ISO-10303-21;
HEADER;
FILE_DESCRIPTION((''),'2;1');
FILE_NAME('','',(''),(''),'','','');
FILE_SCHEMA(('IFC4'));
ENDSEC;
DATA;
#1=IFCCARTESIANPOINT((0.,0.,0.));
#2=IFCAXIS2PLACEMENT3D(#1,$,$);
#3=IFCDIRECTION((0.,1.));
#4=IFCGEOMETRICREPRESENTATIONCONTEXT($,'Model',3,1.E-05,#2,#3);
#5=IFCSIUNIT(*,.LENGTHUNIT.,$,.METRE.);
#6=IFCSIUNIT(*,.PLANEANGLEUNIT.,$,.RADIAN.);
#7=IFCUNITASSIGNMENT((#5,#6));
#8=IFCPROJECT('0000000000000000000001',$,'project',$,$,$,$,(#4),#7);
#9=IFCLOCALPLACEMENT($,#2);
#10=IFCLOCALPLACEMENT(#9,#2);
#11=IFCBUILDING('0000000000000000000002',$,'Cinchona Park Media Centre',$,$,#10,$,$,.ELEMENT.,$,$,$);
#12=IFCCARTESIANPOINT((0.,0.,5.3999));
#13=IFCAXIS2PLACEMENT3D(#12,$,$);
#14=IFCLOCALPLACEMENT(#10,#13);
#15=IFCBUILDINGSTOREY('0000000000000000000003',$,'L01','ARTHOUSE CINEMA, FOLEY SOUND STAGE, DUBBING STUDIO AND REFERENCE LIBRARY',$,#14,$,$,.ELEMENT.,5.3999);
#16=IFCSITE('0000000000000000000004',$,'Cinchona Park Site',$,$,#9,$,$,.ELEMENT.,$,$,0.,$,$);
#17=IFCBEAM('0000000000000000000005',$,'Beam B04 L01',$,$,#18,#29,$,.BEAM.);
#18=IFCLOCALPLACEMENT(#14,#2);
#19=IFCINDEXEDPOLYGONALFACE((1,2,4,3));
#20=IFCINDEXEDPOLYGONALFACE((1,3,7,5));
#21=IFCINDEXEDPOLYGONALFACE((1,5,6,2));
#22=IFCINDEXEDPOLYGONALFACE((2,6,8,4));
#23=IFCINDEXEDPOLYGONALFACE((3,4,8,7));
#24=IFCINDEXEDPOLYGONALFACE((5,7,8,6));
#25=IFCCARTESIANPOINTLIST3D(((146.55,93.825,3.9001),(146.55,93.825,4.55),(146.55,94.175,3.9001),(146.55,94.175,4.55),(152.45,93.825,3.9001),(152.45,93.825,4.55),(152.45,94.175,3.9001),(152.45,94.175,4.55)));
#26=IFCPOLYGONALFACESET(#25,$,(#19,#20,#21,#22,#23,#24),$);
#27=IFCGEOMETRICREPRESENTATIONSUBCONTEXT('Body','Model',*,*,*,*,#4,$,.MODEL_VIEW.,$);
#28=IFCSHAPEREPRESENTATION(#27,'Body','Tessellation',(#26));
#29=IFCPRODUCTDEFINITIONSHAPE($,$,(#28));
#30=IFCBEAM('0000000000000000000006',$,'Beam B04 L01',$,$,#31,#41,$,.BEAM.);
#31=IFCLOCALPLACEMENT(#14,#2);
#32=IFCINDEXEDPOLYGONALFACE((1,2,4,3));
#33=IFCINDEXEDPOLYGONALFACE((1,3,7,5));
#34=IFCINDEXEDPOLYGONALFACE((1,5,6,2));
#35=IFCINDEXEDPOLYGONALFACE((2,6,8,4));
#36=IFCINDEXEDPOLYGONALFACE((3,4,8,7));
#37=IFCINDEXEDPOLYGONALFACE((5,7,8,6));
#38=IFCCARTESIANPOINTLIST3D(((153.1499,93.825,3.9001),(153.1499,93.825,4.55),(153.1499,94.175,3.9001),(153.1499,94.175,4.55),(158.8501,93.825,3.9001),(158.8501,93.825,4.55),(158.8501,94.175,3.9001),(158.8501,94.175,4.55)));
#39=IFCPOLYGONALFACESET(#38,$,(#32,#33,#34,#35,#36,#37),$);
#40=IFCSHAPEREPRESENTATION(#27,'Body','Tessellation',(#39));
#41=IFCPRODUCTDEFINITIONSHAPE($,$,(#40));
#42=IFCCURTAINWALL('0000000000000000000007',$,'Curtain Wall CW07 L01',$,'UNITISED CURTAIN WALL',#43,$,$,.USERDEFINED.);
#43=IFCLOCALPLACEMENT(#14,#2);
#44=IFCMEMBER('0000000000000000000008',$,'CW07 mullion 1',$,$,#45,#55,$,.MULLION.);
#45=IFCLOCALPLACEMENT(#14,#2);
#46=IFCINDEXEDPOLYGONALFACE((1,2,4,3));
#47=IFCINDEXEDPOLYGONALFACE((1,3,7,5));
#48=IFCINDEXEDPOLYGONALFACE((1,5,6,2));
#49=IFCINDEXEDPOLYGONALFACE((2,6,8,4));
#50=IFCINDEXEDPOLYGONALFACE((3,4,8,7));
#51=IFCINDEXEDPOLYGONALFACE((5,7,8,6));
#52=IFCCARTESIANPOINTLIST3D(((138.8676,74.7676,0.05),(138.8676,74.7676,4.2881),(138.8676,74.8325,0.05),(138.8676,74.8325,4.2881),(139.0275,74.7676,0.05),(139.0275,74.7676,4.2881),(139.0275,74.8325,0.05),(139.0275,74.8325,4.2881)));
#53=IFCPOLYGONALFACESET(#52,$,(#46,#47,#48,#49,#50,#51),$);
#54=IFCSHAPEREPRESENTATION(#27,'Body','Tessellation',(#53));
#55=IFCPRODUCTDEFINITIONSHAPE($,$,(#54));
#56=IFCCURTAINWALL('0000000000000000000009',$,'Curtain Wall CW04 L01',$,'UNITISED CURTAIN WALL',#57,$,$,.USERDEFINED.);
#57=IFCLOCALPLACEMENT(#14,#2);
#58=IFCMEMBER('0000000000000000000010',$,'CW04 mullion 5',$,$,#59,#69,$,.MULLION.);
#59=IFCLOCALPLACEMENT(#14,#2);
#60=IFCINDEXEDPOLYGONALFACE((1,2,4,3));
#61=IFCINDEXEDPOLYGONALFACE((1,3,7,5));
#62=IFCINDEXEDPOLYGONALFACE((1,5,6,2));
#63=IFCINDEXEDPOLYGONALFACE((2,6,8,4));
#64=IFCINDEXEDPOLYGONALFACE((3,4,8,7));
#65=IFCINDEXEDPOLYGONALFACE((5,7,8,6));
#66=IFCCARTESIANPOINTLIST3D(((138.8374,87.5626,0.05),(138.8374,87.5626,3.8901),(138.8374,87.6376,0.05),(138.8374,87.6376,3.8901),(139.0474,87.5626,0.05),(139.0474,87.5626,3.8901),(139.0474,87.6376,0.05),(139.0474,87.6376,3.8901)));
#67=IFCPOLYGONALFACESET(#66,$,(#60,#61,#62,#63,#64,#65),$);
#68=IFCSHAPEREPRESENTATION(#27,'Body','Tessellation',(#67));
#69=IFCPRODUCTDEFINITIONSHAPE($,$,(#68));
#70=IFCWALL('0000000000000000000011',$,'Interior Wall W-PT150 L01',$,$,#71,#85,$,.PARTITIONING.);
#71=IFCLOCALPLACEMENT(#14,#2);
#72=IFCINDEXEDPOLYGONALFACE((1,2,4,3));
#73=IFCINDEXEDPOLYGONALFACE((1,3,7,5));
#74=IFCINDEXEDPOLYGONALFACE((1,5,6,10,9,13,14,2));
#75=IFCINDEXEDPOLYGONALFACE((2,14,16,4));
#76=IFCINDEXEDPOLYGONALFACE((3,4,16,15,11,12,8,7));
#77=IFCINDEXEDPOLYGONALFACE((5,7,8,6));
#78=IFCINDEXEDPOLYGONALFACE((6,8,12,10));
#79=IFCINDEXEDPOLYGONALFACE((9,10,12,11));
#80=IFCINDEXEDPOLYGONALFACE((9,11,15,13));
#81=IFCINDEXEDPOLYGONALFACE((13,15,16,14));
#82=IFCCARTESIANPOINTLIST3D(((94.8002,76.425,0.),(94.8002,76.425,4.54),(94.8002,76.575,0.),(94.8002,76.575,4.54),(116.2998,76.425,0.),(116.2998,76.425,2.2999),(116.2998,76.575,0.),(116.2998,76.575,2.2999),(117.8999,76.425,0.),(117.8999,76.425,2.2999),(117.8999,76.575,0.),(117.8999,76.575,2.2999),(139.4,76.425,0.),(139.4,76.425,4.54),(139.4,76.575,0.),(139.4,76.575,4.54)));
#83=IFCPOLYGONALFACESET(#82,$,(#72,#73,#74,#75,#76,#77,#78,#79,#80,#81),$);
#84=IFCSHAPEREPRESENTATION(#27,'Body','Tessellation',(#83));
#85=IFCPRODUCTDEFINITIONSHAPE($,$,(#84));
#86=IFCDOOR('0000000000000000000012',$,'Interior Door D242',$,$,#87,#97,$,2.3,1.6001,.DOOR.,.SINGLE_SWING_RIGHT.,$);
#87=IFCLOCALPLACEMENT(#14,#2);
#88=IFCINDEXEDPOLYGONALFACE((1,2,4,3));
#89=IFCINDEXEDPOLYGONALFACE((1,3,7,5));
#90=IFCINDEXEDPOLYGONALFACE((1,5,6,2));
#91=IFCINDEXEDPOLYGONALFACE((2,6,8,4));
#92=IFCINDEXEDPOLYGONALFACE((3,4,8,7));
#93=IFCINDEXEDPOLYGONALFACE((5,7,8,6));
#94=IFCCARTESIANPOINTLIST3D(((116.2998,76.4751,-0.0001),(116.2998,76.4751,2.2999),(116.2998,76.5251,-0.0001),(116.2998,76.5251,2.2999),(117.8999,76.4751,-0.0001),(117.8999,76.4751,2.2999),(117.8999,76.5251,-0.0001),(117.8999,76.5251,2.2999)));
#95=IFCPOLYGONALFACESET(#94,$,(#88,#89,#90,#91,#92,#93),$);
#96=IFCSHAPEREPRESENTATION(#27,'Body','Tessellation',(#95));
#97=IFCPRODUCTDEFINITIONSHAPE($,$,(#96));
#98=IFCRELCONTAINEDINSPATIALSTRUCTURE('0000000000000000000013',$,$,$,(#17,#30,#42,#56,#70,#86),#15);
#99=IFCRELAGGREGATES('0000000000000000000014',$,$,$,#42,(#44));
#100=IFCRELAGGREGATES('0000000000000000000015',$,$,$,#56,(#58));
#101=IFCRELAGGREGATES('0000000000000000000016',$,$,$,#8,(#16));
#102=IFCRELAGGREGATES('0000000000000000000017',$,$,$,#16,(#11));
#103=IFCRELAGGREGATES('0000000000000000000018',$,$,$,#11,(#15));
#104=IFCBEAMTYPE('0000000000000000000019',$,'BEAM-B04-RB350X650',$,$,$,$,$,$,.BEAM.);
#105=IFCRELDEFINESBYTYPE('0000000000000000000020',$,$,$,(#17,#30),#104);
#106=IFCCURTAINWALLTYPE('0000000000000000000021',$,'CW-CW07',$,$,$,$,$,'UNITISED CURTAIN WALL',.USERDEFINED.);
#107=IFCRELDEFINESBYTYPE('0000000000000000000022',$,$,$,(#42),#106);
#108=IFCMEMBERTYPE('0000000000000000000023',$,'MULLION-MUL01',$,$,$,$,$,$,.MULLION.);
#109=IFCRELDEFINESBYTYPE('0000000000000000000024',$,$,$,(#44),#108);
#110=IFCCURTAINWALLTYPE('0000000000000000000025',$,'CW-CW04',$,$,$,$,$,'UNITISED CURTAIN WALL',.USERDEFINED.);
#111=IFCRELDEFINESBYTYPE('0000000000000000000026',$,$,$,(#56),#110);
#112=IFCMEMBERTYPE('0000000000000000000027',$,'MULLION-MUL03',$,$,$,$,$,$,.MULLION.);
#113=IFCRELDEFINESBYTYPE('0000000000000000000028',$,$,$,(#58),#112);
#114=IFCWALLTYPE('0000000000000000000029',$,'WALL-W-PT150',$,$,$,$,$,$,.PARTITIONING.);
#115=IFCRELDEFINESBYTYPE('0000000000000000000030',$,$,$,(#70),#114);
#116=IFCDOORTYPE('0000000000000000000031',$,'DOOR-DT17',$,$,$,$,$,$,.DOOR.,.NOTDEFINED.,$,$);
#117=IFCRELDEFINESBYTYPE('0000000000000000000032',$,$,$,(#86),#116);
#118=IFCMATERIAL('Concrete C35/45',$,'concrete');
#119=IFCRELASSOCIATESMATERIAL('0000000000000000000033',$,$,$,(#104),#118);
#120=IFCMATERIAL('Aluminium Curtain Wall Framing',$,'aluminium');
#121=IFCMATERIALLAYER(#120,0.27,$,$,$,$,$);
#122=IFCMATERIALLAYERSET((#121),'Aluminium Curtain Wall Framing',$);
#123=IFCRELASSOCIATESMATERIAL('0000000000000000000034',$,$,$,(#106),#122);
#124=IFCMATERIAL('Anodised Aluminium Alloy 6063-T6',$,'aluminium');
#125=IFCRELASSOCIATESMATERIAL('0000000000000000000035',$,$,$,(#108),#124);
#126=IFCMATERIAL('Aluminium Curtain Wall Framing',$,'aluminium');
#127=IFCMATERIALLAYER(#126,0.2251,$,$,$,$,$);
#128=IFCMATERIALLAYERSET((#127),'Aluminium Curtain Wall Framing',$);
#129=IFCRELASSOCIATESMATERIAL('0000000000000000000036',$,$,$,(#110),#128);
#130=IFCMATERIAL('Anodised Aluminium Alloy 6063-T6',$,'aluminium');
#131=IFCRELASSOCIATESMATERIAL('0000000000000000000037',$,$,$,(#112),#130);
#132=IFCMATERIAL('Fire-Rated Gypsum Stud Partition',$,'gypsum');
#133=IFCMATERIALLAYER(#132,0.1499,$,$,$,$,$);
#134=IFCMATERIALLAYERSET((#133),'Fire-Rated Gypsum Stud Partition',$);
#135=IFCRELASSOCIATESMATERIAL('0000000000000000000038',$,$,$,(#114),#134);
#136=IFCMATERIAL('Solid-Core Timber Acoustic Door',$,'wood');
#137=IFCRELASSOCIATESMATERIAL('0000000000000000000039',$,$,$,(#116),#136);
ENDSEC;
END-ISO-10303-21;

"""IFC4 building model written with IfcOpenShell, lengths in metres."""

from ifc_helpers import new_model, si_unit, direction, frame, frame_2d, origin, origin_2d, place, context, subcontext, project, spatial, rectangle, extrude, material, layer, layer_set, material_profile, profile_set, type_object, element, fill, aggregate, save


model = new_model("IFC4")

# Units and contexts
model_context = context("Model", 3, precision=1e-05, world=origin(), true_north=direction((0.0, 1.0)))
body_context = subcontext(model_context, "Body", "Model", "MODEL_VIEW")
ifc_project = project(units=[si_unit("LENGTHUNIT", "METRE"), si_unit("PLANEANGLEUNIT", "RADIAN")], contexts=[model_context])

# Site, building, storey
site_placement = place(None, origin())
site = spatial("IfcSite", under=ifc_project, at=site_placement, Name="Cinchona Park Site", CompositionType="ELEMENT", RefElevation=0.0)
building_placement = place(site_placement, origin())
building = spatial("IfcBuilding", under=site, at=building_placement, Name="Cinchona Park Media Centre", CompositionType="ELEMENT")
storey_placement = place(building_placement, frame((0.0, 0.0, 5.3999)))
storey = spatial("IfcBuildingStorey", under=building, at=storey_placement, Name="L01", Description="ARTHOUSE CINEMA, FOLEY SOUND STAGE, DUBBING STUDIO AND REFERENCE LIBRARY", CompositionType="ELEMENT", Elevation=5.3999)

# Beams
ifc_material_1 = material(Name="Concrete C35/45", Category="concrete")
ifc_material_profile_1 = material_profile(ifc_material_1, rectangle(XDim=0.3501, YDim=0.6499, at=origin_2d()), Name="RB 350X650")
ifc_profile_set_1 = profile_set([ifc_material_profile_1], Name="Concrete C35/45")
beam_type_1 = type_object("IfcBeamType", Name="BEAM-B04-RB350X650", PredefinedType="BEAM", material=ifc_profile_set_1)
beam_1_placement = place(storey_placement, frame((146.55, 94.0, 4.2251), z_axis=(1.0, 0.0, 0.0), x_axis=(0.0, 1.0, 0.0)))
element("IfcBeam", 1, at=beam_1_placement, inside=storey, type_object=beam_type_1, Name="Beam B04 L01", PredefinedType="BEAM", context=body_context, shape_type="SweptSolid", body=[
    extrude(rectangle(XDim=0.3501, YDim=0.6499, at=origin_2d()), origin(), (0.0, 0.0, 1.0), 5.8999),
])
beam_2_placement = place(storey_placement, frame((153.1499, 94.0, 4.2251), z_axis=(1.0, 0.0, 0.0), x_axis=(0.0, 1.0, 0.0)))
element("IfcBeam", 2, at=beam_2_placement, inside=storey, type_object=beam_type_1, Name="Beam B04 L01", PredefinedType="BEAM", context=body_context, shape_type="SweptSolid", body=[
    extrude(rectangle(XDim=0.3501, YDim=0.6499, at=origin_2d()), origin(), (0.0, 0.0, 1.0), 5.7002),
])

# Curtain walls, members
ifc_material_2 = material(Name="Aluminium Curtain Wall Framing", Category="aluminium")
ifc_layer_1 = layer(ifc_material_2, 0.27)
ifc_layer_set_1 = layer_set([ifc_layer_1], Name="Aluminium Curtain Wall Framing")
curtain_wall_type_1 = type_object("IfcCurtainWallType", Name="CW-CW07", ElementType="UNITISED CURTAIN WALL", PredefinedType="USERDEFINED", material=ifc_layer_set_1)
curtain_wall_1_placement = place(storey_placement, origin())
curtain_wall_1 = element("IfcCurtainWall", 3, at=curtain_wall_1_placement, inside=storey, type_object=curtain_wall_type_1, Name="Curtain Wall CW07 L01", ObjectType="UNITISED CURTAIN WALL", PredefinedType="USERDEFINED")
ifc_material_3 = material(Name="Anodised Aluminium Alloy 6063-T6", Category="aluminium")
ifc_material_profile_2 = material_profile(ifc_material_3, rectangle(XDim=0.0649, YDim=0.1599, at=origin_2d()), Name="MUL-65X160")
ifc_profile_set_2 = profile_set([ifc_material_profile_2], Name="Anodised Aluminium Alloy 6063-T6")
member_type_1 = type_object("IfcMemberType", Name="MULLION-MUL01", PredefinedType="MULLION", material=ifc_profile_set_2)
member_1_placement = place(storey_placement, frame((138.9475, 74.8, 0.05), z_axis=(0.0, 0.0, 1.0), x_axis=(0.0, -1.0, 0.0)))
member_1 = element("IfcMember", 4, at=member_1_placement, type_object=member_type_1, Name="CW07 mullion 1", PredefinedType="MULLION", context=body_context, shape_type="SweptSolid", body=[
    extrude(rectangle(XDim=0.0649, YDim=0.1599, at=origin_2d()), origin(), (0.0, 0.0, 1.0), 4.238),
])
aggregate(curtain_wall_1, [member_1])
ifc_material_4 = material(Name="Aluminium Curtain Wall Framing", Category="aluminium")
ifc_layer_2 = layer(ifc_material_4, 0.2251)
ifc_layer_set_2 = layer_set([ifc_layer_2], Name="Aluminium Curtain Wall Framing")
curtain_wall_type_2 = type_object("IfcCurtainWallType", Name="CW-CW04", ElementType="UNITISED CURTAIN WALL", PredefinedType="USERDEFINED", material=ifc_layer_set_2)
curtain_wall_2_placement = place(storey_placement, origin())
curtain_wall_2 = element("IfcCurtainWall", 5, at=curtain_wall_2_placement, inside=storey, type_object=curtain_wall_type_2, Name="Curtain Wall CW04 L01", ObjectType="UNITISED CURTAIN WALL", PredefinedType="USERDEFINED")
ifc_material_5 = material(Name="Anodised Aluminium Alloy 6063-T6", Category="aluminium")
ifc_material_profile_3 = material_profile(ifc_material_5, rectangle(XDim=0.075, YDim=0.21, at=origin_2d()), Name="MUL-75X210")
ifc_profile_set_3 = profile_set([ifc_material_profile_3], Name="Anodised Aluminium Alloy 6063-T6")
member_type_2 = type_object("IfcMemberType", Name="MULLION-MUL03", PredefinedType="MULLION", material=ifc_profile_set_3)
member_2_placement = place(storey_placement, frame((138.9424, 87.6001, 0.05), z_axis=(0.0, 0.0, 1.0), x_axis=(0.0, 1.0, 0.0)))
member_2 = element("IfcMember", 6, at=member_2_placement, type_object=member_type_2, Name="CW04 mullion 5", PredefinedType="MULLION", context=body_context, shape_type="SweptSolid", body=[
    extrude(rectangle(XDim=0.075, YDim=0.21, at=origin_2d()), origin(), (0.0, 0.0, 1.0), 3.8401),
])
aggregate(curtain_wall_2, [member_2])

# Wall, opening, door
ifc_material_6 = material(Name="Fire-Rated Gypsum Stud Partition", Category="gypsum")
ifc_layer_3 = layer(ifc_material_6, 0.1499)
ifc_layer_set_3 = layer_set([ifc_layer_3], Name="Fire-Rated Gypsum Stud Partition")
wall_type = type_object("IfcWallType", Name="WALL-W-PT150", PredefinedType="PARTITIONING", material=ifc_layer_set_3)
wall_placement = place(storey_placement, frame((139.3999, 76.5, 0.0), z_axis=(0.0, 0.0, 1.0), x_axis=(-1.0, 0.0, 0.0)))
wall = element("IfcWall", 7, at=wall_placement, inside=storey, type_object=wall_type, Name="Interior Wall W-PT150 L01", PredefinedType="PARTITIONING", context=body_context, shape_type="SweptSolid", body=[
    extrude(rectangle(XDim=44.5999, YDim=0.1499, at=frame_2d((22.2998, 0.0))), origin(), (0.0, 0.0, 1.0), 4.54),
])
opening_placement = place(wall_placement, frame((21.5, 0.0, 0.0)))
opening = element("IfcOpeningElement", 8, at=opening_placement, cuts=wall, PredefinedType="OPENING", context=body_context, shape_type="SweptSolid", body=[
    extrude(rectangle(XDim=1.6001, YDim=2.3, at=frame_2d((0.8, 1.1499))), frame((0.0, 0.085, 0.0), z_axis=(0.0, -1.0, 0.0), x_axis=(1.0, 0.0, 0.0)), (0.0, 0.0, 1.0), 0.1699),
])
ifc_material_7 = material(Name="Solid-Core Timber Acoustic Door", Category="wood")
door_type = type_object("IfcDoorType", Name="DOOR-DT17", OperationType="NOTDEFINED", PredefinedType="DOOR", material=ifc_material_7)
door_placement = place(opening_placement, origin())
door = element("IfcDoor", 9, at=door_placement, inside=storey, type_object=door_type, Name="Interior Door D242", OperationType="SINGLE_SWING_RIGHT", OverallHeight=2.3, OverallWidth=1.6001, PredefinedType="DOOR", context=body_context, shape_type="SweptSolid", body=[
    extrude(rectangle(XDim=1.6001, YDim=2.3, at=frame_2d((0.8, 1.1499))), frame((0.0, 0.0249, 0.0), z_axis=(0.0, -1.0, 0.0), x_axis=(1.0, 0.0, 0.0)), (0.0, 0.0, 1.0), 0.05),
])
fill(opening, door)

save(model, "model.ifc")
